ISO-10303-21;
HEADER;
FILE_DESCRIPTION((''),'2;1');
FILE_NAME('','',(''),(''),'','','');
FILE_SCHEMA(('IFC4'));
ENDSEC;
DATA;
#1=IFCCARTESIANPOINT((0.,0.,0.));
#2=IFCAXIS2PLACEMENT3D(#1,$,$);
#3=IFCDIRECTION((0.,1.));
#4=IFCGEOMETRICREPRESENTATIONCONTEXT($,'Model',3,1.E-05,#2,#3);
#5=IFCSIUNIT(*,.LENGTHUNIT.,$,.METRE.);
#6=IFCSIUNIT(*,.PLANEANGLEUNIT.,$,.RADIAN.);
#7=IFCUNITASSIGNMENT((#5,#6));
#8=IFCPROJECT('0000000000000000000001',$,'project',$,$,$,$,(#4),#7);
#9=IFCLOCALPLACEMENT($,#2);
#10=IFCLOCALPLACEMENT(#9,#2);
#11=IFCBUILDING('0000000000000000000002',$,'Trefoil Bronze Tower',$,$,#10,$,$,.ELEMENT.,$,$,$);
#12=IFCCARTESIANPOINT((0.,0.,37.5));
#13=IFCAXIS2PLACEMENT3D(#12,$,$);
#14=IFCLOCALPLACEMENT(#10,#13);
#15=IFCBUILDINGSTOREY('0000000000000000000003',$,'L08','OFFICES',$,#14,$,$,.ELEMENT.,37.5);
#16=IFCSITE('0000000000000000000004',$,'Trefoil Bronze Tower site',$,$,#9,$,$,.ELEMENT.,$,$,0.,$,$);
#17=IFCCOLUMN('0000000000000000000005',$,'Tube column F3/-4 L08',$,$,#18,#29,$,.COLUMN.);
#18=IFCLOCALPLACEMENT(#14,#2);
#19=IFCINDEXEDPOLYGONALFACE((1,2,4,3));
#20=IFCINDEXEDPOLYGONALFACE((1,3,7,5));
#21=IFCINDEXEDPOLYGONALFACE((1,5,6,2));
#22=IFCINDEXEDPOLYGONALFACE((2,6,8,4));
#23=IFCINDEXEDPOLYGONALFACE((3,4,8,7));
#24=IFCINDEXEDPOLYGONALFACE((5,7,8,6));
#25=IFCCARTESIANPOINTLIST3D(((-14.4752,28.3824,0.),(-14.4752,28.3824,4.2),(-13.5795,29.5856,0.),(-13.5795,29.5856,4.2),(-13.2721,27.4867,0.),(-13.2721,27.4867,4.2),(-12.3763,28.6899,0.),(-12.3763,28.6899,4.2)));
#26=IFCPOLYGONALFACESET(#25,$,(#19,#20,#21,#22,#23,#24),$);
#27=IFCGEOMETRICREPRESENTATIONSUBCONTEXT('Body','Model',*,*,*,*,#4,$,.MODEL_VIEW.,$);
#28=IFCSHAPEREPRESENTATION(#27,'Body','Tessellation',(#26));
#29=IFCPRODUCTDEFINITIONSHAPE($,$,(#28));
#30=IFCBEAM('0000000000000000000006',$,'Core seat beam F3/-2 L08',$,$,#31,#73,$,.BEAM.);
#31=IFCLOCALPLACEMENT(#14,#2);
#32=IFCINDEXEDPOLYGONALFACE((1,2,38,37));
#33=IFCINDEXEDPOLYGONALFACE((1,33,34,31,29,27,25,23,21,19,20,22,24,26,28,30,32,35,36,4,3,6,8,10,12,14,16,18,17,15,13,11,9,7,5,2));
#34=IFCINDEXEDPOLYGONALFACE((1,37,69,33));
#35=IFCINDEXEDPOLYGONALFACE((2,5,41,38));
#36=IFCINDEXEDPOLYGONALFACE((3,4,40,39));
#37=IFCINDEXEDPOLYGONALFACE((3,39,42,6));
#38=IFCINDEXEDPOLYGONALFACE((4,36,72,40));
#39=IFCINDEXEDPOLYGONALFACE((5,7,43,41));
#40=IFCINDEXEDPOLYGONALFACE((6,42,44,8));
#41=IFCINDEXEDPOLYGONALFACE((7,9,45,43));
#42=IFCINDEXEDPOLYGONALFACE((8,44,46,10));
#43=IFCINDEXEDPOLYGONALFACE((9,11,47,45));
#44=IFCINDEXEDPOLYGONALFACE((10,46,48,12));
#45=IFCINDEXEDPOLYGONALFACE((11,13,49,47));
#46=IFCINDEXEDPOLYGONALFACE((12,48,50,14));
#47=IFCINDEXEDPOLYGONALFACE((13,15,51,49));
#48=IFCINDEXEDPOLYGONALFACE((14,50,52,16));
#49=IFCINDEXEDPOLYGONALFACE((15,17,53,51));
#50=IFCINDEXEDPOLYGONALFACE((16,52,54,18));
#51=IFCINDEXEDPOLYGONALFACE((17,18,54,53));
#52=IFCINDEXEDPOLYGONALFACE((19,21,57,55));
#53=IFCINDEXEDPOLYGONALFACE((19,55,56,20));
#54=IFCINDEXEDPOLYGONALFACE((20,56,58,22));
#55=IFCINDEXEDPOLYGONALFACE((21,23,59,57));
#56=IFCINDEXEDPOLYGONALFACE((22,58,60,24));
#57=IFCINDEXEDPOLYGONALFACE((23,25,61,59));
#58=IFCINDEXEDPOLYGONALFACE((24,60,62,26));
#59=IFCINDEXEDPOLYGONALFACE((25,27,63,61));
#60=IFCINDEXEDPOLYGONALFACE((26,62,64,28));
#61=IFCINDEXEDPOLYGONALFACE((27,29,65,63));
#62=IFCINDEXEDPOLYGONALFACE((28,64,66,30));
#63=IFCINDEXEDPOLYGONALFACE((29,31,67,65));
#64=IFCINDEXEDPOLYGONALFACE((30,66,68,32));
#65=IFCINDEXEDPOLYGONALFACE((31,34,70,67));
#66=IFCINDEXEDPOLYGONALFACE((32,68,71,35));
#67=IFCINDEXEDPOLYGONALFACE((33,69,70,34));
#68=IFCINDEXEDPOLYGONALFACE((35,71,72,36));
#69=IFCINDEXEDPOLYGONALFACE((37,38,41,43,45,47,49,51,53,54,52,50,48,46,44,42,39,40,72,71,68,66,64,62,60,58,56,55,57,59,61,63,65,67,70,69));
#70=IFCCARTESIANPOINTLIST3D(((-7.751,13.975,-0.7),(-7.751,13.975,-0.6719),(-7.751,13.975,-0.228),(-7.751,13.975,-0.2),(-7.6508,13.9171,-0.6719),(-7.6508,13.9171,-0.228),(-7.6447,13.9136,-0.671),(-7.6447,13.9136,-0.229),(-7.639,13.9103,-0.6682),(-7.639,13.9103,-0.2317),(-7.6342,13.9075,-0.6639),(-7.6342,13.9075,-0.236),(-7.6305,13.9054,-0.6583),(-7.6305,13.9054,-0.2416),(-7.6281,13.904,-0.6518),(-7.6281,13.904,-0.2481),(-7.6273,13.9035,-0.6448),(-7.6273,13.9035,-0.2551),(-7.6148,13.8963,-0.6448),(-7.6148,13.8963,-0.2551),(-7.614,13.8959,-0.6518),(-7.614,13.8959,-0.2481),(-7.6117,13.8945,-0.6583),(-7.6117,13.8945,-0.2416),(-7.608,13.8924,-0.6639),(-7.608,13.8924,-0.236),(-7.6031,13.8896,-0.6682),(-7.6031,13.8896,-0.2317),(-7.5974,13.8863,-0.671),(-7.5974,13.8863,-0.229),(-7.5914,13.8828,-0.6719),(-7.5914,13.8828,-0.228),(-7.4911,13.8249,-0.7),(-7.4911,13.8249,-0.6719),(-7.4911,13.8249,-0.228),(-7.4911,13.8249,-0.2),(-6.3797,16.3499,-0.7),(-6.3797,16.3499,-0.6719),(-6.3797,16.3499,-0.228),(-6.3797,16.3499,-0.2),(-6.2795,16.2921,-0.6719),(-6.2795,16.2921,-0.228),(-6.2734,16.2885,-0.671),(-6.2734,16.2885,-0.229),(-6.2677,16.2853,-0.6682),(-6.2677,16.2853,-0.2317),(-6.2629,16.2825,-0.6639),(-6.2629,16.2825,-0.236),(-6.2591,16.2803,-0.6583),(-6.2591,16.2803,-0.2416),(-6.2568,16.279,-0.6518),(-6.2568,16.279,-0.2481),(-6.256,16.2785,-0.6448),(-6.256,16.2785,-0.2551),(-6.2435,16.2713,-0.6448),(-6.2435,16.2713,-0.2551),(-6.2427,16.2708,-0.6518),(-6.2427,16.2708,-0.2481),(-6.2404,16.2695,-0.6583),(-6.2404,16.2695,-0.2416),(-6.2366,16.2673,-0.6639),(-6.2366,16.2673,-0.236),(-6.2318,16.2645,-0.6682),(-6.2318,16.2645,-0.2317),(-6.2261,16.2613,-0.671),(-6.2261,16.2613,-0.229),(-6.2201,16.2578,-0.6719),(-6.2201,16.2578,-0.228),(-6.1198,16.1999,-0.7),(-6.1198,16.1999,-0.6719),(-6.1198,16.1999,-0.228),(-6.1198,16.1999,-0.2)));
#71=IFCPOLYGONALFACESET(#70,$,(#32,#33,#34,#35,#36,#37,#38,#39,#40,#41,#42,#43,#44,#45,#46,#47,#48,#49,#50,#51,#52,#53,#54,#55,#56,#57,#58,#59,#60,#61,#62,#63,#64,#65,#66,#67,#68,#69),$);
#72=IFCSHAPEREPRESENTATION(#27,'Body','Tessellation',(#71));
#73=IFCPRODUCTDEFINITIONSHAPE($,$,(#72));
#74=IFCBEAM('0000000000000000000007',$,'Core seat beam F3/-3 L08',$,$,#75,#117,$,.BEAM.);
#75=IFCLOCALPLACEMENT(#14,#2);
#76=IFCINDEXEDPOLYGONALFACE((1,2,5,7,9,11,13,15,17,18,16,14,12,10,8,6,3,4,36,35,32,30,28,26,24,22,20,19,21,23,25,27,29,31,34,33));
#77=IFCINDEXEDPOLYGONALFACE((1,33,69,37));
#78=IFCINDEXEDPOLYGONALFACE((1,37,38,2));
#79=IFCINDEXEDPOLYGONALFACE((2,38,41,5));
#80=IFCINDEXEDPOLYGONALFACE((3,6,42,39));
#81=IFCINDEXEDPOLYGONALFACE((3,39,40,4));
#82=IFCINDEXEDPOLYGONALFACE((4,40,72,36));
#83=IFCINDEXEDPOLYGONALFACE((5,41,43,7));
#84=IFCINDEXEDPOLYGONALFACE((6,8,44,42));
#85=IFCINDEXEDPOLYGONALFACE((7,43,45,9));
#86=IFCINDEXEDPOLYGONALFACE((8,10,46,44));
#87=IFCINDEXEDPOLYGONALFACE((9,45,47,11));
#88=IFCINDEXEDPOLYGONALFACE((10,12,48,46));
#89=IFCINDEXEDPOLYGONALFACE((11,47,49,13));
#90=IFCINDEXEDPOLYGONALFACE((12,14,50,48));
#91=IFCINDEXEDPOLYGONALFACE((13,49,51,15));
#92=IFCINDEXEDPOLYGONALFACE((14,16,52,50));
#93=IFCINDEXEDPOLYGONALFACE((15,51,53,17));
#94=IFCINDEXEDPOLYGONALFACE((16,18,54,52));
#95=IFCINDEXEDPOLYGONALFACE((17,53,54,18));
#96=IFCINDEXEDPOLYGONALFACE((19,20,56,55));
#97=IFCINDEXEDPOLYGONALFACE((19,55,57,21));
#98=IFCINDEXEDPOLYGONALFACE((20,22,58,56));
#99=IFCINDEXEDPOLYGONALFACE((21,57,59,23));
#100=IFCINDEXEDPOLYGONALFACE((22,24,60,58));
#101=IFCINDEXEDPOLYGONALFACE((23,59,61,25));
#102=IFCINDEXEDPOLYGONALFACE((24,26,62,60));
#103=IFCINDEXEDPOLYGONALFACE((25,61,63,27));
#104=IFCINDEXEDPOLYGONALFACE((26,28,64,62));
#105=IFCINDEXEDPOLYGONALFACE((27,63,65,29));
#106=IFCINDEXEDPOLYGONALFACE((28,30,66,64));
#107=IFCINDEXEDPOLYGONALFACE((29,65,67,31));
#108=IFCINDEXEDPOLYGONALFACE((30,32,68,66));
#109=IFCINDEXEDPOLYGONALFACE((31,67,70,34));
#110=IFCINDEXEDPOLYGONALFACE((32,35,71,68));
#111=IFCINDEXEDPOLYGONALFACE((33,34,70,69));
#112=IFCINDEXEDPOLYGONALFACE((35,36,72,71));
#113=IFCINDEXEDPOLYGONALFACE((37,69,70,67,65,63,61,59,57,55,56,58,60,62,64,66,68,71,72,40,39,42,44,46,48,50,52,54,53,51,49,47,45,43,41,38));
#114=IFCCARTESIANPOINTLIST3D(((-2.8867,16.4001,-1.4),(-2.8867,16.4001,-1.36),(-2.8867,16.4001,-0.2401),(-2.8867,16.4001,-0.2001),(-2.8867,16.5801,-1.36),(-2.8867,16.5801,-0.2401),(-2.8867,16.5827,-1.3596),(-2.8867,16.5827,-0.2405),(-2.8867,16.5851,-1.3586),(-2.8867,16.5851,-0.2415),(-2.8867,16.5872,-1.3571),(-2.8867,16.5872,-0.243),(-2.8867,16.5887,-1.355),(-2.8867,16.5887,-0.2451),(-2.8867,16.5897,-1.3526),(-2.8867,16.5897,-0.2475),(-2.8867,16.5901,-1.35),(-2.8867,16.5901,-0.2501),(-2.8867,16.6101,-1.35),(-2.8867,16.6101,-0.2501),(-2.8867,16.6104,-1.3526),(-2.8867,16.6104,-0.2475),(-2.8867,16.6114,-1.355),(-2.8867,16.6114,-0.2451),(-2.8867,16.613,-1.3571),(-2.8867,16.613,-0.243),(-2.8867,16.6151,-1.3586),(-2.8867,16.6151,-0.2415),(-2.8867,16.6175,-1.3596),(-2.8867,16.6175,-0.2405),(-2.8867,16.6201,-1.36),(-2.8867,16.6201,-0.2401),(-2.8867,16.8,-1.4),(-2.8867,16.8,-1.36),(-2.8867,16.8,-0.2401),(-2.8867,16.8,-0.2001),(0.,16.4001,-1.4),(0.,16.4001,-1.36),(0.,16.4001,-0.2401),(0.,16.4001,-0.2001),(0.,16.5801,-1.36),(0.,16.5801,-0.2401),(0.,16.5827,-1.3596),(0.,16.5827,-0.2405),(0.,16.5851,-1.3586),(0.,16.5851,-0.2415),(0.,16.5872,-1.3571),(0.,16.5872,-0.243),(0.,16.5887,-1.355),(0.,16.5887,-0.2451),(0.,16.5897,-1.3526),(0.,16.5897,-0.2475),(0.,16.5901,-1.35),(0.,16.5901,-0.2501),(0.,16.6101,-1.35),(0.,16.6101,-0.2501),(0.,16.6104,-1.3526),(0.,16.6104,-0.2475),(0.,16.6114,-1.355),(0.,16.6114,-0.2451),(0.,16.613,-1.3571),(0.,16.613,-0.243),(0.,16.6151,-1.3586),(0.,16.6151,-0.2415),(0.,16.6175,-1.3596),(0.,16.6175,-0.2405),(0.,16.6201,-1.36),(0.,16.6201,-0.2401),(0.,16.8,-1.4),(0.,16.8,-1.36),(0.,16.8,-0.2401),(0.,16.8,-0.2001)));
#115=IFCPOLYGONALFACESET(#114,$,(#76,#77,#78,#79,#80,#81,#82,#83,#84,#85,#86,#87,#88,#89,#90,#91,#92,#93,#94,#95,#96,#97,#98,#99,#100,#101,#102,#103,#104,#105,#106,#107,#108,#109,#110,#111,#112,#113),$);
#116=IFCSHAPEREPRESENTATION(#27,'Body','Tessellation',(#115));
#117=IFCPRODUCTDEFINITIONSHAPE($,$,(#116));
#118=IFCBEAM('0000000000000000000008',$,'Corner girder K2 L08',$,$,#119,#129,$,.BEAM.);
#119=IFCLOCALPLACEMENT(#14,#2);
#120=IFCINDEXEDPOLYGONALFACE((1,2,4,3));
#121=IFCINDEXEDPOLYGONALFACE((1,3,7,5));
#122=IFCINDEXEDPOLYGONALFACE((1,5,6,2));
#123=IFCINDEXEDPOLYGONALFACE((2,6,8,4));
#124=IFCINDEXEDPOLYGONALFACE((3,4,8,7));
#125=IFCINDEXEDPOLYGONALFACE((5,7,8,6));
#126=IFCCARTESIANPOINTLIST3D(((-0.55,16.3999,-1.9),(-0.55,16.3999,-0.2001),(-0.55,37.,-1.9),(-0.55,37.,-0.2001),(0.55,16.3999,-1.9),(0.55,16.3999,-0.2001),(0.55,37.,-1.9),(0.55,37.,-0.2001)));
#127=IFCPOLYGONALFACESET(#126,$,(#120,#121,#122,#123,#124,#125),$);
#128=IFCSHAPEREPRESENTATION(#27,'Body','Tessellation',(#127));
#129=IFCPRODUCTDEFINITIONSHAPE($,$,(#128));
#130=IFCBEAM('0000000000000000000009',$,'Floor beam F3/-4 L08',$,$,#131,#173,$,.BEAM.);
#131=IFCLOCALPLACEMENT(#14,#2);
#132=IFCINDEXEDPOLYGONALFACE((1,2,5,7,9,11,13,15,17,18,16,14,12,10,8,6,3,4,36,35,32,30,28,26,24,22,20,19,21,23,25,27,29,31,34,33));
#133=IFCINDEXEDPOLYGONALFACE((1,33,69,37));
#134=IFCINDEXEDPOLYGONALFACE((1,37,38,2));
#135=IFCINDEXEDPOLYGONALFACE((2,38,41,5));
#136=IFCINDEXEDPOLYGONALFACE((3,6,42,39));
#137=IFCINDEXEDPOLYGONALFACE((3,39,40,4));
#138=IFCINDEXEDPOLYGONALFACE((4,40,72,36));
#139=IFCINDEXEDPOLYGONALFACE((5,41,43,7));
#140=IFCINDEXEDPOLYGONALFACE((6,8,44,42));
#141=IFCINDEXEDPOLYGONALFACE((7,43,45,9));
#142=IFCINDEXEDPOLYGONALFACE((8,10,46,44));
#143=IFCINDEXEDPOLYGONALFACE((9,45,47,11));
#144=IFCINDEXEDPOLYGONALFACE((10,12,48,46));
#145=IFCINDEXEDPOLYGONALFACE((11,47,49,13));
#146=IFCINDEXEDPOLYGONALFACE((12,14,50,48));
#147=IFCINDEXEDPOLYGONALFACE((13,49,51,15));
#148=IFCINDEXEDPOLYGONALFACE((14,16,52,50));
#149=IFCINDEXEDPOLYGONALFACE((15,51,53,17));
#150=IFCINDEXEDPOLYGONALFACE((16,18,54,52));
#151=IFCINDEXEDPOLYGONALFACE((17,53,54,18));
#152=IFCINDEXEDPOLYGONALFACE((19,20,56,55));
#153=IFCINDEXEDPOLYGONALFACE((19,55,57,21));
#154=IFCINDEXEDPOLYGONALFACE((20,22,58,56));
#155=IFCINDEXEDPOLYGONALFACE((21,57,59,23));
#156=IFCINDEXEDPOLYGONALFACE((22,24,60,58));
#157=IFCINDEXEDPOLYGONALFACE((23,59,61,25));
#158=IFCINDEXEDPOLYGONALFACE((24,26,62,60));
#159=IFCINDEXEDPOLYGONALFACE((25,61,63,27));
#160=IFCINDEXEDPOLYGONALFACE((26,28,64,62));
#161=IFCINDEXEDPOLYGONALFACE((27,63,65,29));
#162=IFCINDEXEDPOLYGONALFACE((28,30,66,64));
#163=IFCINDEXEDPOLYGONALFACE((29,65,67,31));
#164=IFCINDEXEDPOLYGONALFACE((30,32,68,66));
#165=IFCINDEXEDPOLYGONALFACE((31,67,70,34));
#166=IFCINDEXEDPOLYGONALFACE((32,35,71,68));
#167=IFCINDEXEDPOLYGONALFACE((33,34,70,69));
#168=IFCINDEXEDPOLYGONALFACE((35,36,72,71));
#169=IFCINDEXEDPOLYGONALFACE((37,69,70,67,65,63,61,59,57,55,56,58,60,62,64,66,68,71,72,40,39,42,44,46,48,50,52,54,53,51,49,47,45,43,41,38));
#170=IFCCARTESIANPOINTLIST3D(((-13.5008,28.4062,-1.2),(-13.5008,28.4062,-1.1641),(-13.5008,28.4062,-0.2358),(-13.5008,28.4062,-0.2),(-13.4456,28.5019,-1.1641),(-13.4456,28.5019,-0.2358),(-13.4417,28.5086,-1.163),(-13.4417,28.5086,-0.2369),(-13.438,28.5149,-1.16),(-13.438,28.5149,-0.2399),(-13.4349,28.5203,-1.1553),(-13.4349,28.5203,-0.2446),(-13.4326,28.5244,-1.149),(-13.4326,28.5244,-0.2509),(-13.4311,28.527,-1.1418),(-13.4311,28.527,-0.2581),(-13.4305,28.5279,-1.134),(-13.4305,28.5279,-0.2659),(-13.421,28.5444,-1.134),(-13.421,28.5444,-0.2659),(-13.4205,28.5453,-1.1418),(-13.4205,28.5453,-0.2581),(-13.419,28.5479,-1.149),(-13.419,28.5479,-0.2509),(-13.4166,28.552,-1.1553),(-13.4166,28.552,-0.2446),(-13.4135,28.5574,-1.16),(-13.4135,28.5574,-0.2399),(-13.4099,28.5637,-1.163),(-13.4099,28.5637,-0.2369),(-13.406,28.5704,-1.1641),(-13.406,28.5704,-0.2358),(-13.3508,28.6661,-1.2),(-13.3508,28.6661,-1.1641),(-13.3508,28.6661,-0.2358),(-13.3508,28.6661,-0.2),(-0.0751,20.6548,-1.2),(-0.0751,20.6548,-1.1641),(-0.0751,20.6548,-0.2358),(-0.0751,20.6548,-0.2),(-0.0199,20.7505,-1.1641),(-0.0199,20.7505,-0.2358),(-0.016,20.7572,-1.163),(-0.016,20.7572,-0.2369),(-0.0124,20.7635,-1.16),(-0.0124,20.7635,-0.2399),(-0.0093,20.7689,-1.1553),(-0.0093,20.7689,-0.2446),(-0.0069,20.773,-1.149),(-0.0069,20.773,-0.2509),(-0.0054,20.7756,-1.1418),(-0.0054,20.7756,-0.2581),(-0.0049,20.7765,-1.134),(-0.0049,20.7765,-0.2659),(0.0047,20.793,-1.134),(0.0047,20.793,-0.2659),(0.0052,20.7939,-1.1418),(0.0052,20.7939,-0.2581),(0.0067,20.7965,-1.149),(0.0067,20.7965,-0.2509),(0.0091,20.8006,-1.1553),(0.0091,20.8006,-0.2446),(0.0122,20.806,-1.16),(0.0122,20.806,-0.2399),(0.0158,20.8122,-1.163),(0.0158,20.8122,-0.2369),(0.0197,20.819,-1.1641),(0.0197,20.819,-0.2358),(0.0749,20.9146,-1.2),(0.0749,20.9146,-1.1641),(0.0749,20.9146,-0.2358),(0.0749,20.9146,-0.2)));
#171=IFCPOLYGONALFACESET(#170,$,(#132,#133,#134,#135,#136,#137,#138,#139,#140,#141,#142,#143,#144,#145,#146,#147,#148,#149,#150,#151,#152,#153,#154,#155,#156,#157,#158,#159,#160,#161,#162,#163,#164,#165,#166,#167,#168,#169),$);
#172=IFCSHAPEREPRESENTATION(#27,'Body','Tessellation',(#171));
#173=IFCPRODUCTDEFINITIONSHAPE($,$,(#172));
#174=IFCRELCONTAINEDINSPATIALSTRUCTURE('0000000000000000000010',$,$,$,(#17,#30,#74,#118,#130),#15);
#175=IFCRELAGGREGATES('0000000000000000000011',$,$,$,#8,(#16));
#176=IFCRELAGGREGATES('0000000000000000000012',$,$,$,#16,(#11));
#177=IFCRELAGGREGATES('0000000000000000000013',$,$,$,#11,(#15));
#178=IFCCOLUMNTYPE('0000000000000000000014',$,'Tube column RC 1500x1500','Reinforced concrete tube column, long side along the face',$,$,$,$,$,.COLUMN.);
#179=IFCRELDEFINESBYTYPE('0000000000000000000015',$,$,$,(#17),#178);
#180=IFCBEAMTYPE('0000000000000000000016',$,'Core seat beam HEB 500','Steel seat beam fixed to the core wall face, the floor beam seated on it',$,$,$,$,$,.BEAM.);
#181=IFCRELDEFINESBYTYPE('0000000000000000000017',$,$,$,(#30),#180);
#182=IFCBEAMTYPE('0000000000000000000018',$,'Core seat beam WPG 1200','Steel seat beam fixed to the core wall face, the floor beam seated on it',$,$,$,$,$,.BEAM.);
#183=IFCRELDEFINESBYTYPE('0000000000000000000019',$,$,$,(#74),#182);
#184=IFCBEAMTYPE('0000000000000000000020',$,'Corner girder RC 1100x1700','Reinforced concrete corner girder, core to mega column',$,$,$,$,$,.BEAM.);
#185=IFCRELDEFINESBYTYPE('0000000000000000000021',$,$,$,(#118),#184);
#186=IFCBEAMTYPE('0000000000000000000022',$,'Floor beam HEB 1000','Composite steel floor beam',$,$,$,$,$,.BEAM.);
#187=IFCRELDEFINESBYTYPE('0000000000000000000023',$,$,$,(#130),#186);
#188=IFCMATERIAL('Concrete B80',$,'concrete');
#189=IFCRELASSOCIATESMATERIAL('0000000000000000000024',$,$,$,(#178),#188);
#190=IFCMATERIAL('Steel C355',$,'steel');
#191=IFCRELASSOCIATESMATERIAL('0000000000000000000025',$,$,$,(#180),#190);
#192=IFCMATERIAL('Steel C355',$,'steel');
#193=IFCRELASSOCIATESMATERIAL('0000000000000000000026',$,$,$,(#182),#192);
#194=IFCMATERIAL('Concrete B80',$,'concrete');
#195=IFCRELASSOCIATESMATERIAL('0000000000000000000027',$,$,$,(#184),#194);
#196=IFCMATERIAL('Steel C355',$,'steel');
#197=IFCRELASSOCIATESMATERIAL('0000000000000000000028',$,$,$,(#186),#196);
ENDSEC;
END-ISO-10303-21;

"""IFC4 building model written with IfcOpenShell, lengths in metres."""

from ifc_helpers import new_model, si_unit, direction, frame, origin, origin_2d, place, context, subcontext, project, spatial, rectangle, i_section, extrude, material, material_profile, profile_set, type_object, element, save


model = new_model("IFC4")

# Units and contexts
model_context = context("Model", 3, precision=1e-05, world=origin(), true_north=direction((0.0, 1.0)))
body_context = subcontext(model_context, "Body", "Model", "MODEL_VIEW")
ifc_project = project(units=[si_unit("LENGTHUNIT", "METRE"), si_unit("PLANEANGLEUNIT", "RADIAN")], contexts=[model_context])

# Site, building, storey
site_placement = place(None, origin())
site = spatial("IfcSite", under=ifc_project, at=site_placement, Name="Trefoil Bronze Tower site", CompositionType="ELEMENT", RefElevation=0.0)
building_placement = place(site_placement, origin())
building = spatial("IfcBuilding", under=site, at=building_placement, Name="Trefoil Bronze Tower", CompositionType="ELEMENT")
storey_placement = place(building_placement, frame((0.0, 0.0, 37.5)))
storey = spatial("IfcBuildingStorey", under=building, at=storey_placement, Name="L08", Description="OFFICES", CompositionType="ELEMENT", Elevation=37.5)

# Column
ifc_material_1 = material(Name="Concrete B80", Category="concrete")
ifc_material_profile_1 = material_profile(ifc_material_1, rectangle(XDim=1.5, YDim=1.5, at=origin_2d()), Name="RC 1500x1500")
ifc_profile_set_1 = profile_set([ifc_material_profile_1], Name="Concrete B80")
column_type = type_object("IfcColumnType", Name="Tube column RC 1500x1500", Description="Reinforced concrete tube column, long side along the face", PredefinedType="COLUMN", material=ifc_profile_set_1)
column_placement = place(storey_placement, frame((-13.4258, 28.5361, 0.0), z_axis=(0.0, 0.0, 1.0), x_axis=(-0.597154, -0.802127, 0.0)))
element("IfcColumn", 1, at=column_placement, inside=storey, type_object=column_type, Name="Tube column F3/-4 L08", PredefinedType="COLUMN", context=body_context, shape_type="SweptSolid", body=[
    extrude(rectangle(XDim=1.5, YDim=1.5, at=origin_2d()), origin(), (0.0, 0.0, 1.0), 4.2),
])

# Beams
ifc_material_2 = material(Name="Steel C355", Category="steel")
ifc_material_profile_2 = material_profile(ifc_material_2, i_section(OverallWidth=0.3, OverallDepth=0.5, WebThickness=0.0144, FlangeThickness=0.0281, FilletRadius=0.0271, at=origin_2d()), Name="HEB 500")
ifc_profile_set_2 = profile_set([ifc_material_profile_2], Name="Steel C355")
beam_type_1 = type_object("IfcBeamType", Name="Core seat beam HEB 500", Description="Steel seat beam fixed to the core wall face, the floor beam seated on it", PredefinedType="BEAM", material=ifc_profile_set_2)
beam_1_placement = place(storey_placement, frame((-6.2498, 16.2749, -0.45), z_axis=(-0.500036, -0.866005, 0.0), x_axis=(0.866005, -0.500036, 0.0)))
element("IfcBeam", 2, at=beam_1_placement, inside=storey, type_object=beam_type_1, Name="Core seat beam F3/-2 L08", PredefinedType="BEAM", context=body_context, shape_type="SweptSolid", body=[
    extrude(i_section(OverallWidth=0.3, OverallDepth=0.5, WebThickness=0.0144, FlangeThickness=0.0281, FilletRadius=0.0271, at=origin_2d()), origin(), (0.0, 0.0, 1.0), 2.7424),
])
ifc_material_3 = material(Name="Steel C355", Category="steel")
ifc_material_profile_3 = material_profile(ifc_material_3, i_section(OverallWidth=0.3999, OverallDepth=1.2, WebThickness=0.02, FlangeThickness=0.04, FilletRadius=0.01, at=origin_2d()), Name="WPG 1200")
ifc_profile_set_3 = profile_set([ifc_material_profile_3], Name="Steel C355")
beam_type_2 = type_object("IfcBeamType", Name="Core seat beam WPG 1200", Description="Steel seat beam fixed to the core wall face, the floor beam seated on it", PredefinedType="BEAM", material=ifc_profile_set_3)
beam_2_placement = place(storey_placement, frame((0.0, 16.6001, -0.8), z_axis=(-1.0, 0.0, 0.0), x_axis=(0.0, -1.0, 0.0)))
element("IfcBeam", 3, at=beam_2_placement, inside=storey, type_object=beam_type_2, Name="Core seat beam F3/-3 L08", PredefinedType="BEAM", context=body_context, shape_type="SweptSolid", body=[
    extrude(i_section(OverallWidth=0.3999, OverallDepth=1.2, WebThickness=0.02, FlangeThickness=0.04, FilletRadius=0.01, at=origin_2d()), origin(), (0.0, 0.0, 1.0), 2.8867),
])
ifc_material_4 = material(Name="Concrete B80", Category="concrete")
ifc_material_profile_4 = material_profile(ifc_material_4, rectangle(XDim=1.1001, YDim=1.7, at=origin_2d()), Name="RC 1100x1700")
ifc_profile_set_4 = profile_set([ifc_material_profile_4], Name="Concrete B80")
beam_type_3 = type_object("IfcBeamType", Name="Corner girder RC 1100x1700", Description="Reinforced concrete corner girder, core to mega column", PredefinedType="BEAM", material=ifc_profile_set_4)
beam_3_placement = place(storey_placement, frame((0.0, 16.3999, -1.05), z_axis=(0.0, 1.0, 0.0), x_axis=(-1.0, 0.0, 0.0)))
element("IfcBeam", 4, at=beam_3_placement, inside=storey, type_object=beam_type_3, Name="Corner girder K2 L08", PredefinedType="BEAM", context=body_context, shape_type="SweptSolid", body=[
    extrude(rectangle(XDim=1.1001, YDim=1.7, at=origin_2d()), origin(), (0.0, 0.0, 1.0), 20.6001),
])
ifc_material_5 = material(Name="Steel C355", Category="steel")
ifc_material_profile_5 = material_profile(ifc_material_5, i_section(OverallWidth=0.3, OverallDepth=1.0, WebThickness=0.019, FlangeThickness=0.0359, FilletRadius=0.03, at=origin_2d()), Name="HEB 1000")
ifc_profile_set_5 = profile_set([ifc_material_profile_5], Name="Steel C355")
beam_type_4 = type_object("IfcBeamType", Name="Floor beam HEB 1000", Description="Composite steel floor beam", PredefinedType="BEAM", material=ifc_profile_set_5)
beam_4_placement = place(storey_placement, frame((-13.4258, 28.5361, -0.7), z_axis=(0.866023, -0.500004, 0.0), x_axis=(0.500004, 0.866023, 0.0)))
element("IfcBeam", 5, at=beam_4_placement, inside=storey, type_object=beam_type_4, Name="Floor beam F3/-4 L08", PredefinedType="BEAM", context=body_context, shape_type="SweptSolid", body=[
    extrude(i_section(OverallWidth=0.3, OverallDepth=1.0, WebThickness=0.019, FlangeThickness=0.0359, FilletRadius=0.03, at=origin_2d()), origin(), (0.0, 0.0, 1.0), 15.5027),
])

save(model, "model.ifc")
